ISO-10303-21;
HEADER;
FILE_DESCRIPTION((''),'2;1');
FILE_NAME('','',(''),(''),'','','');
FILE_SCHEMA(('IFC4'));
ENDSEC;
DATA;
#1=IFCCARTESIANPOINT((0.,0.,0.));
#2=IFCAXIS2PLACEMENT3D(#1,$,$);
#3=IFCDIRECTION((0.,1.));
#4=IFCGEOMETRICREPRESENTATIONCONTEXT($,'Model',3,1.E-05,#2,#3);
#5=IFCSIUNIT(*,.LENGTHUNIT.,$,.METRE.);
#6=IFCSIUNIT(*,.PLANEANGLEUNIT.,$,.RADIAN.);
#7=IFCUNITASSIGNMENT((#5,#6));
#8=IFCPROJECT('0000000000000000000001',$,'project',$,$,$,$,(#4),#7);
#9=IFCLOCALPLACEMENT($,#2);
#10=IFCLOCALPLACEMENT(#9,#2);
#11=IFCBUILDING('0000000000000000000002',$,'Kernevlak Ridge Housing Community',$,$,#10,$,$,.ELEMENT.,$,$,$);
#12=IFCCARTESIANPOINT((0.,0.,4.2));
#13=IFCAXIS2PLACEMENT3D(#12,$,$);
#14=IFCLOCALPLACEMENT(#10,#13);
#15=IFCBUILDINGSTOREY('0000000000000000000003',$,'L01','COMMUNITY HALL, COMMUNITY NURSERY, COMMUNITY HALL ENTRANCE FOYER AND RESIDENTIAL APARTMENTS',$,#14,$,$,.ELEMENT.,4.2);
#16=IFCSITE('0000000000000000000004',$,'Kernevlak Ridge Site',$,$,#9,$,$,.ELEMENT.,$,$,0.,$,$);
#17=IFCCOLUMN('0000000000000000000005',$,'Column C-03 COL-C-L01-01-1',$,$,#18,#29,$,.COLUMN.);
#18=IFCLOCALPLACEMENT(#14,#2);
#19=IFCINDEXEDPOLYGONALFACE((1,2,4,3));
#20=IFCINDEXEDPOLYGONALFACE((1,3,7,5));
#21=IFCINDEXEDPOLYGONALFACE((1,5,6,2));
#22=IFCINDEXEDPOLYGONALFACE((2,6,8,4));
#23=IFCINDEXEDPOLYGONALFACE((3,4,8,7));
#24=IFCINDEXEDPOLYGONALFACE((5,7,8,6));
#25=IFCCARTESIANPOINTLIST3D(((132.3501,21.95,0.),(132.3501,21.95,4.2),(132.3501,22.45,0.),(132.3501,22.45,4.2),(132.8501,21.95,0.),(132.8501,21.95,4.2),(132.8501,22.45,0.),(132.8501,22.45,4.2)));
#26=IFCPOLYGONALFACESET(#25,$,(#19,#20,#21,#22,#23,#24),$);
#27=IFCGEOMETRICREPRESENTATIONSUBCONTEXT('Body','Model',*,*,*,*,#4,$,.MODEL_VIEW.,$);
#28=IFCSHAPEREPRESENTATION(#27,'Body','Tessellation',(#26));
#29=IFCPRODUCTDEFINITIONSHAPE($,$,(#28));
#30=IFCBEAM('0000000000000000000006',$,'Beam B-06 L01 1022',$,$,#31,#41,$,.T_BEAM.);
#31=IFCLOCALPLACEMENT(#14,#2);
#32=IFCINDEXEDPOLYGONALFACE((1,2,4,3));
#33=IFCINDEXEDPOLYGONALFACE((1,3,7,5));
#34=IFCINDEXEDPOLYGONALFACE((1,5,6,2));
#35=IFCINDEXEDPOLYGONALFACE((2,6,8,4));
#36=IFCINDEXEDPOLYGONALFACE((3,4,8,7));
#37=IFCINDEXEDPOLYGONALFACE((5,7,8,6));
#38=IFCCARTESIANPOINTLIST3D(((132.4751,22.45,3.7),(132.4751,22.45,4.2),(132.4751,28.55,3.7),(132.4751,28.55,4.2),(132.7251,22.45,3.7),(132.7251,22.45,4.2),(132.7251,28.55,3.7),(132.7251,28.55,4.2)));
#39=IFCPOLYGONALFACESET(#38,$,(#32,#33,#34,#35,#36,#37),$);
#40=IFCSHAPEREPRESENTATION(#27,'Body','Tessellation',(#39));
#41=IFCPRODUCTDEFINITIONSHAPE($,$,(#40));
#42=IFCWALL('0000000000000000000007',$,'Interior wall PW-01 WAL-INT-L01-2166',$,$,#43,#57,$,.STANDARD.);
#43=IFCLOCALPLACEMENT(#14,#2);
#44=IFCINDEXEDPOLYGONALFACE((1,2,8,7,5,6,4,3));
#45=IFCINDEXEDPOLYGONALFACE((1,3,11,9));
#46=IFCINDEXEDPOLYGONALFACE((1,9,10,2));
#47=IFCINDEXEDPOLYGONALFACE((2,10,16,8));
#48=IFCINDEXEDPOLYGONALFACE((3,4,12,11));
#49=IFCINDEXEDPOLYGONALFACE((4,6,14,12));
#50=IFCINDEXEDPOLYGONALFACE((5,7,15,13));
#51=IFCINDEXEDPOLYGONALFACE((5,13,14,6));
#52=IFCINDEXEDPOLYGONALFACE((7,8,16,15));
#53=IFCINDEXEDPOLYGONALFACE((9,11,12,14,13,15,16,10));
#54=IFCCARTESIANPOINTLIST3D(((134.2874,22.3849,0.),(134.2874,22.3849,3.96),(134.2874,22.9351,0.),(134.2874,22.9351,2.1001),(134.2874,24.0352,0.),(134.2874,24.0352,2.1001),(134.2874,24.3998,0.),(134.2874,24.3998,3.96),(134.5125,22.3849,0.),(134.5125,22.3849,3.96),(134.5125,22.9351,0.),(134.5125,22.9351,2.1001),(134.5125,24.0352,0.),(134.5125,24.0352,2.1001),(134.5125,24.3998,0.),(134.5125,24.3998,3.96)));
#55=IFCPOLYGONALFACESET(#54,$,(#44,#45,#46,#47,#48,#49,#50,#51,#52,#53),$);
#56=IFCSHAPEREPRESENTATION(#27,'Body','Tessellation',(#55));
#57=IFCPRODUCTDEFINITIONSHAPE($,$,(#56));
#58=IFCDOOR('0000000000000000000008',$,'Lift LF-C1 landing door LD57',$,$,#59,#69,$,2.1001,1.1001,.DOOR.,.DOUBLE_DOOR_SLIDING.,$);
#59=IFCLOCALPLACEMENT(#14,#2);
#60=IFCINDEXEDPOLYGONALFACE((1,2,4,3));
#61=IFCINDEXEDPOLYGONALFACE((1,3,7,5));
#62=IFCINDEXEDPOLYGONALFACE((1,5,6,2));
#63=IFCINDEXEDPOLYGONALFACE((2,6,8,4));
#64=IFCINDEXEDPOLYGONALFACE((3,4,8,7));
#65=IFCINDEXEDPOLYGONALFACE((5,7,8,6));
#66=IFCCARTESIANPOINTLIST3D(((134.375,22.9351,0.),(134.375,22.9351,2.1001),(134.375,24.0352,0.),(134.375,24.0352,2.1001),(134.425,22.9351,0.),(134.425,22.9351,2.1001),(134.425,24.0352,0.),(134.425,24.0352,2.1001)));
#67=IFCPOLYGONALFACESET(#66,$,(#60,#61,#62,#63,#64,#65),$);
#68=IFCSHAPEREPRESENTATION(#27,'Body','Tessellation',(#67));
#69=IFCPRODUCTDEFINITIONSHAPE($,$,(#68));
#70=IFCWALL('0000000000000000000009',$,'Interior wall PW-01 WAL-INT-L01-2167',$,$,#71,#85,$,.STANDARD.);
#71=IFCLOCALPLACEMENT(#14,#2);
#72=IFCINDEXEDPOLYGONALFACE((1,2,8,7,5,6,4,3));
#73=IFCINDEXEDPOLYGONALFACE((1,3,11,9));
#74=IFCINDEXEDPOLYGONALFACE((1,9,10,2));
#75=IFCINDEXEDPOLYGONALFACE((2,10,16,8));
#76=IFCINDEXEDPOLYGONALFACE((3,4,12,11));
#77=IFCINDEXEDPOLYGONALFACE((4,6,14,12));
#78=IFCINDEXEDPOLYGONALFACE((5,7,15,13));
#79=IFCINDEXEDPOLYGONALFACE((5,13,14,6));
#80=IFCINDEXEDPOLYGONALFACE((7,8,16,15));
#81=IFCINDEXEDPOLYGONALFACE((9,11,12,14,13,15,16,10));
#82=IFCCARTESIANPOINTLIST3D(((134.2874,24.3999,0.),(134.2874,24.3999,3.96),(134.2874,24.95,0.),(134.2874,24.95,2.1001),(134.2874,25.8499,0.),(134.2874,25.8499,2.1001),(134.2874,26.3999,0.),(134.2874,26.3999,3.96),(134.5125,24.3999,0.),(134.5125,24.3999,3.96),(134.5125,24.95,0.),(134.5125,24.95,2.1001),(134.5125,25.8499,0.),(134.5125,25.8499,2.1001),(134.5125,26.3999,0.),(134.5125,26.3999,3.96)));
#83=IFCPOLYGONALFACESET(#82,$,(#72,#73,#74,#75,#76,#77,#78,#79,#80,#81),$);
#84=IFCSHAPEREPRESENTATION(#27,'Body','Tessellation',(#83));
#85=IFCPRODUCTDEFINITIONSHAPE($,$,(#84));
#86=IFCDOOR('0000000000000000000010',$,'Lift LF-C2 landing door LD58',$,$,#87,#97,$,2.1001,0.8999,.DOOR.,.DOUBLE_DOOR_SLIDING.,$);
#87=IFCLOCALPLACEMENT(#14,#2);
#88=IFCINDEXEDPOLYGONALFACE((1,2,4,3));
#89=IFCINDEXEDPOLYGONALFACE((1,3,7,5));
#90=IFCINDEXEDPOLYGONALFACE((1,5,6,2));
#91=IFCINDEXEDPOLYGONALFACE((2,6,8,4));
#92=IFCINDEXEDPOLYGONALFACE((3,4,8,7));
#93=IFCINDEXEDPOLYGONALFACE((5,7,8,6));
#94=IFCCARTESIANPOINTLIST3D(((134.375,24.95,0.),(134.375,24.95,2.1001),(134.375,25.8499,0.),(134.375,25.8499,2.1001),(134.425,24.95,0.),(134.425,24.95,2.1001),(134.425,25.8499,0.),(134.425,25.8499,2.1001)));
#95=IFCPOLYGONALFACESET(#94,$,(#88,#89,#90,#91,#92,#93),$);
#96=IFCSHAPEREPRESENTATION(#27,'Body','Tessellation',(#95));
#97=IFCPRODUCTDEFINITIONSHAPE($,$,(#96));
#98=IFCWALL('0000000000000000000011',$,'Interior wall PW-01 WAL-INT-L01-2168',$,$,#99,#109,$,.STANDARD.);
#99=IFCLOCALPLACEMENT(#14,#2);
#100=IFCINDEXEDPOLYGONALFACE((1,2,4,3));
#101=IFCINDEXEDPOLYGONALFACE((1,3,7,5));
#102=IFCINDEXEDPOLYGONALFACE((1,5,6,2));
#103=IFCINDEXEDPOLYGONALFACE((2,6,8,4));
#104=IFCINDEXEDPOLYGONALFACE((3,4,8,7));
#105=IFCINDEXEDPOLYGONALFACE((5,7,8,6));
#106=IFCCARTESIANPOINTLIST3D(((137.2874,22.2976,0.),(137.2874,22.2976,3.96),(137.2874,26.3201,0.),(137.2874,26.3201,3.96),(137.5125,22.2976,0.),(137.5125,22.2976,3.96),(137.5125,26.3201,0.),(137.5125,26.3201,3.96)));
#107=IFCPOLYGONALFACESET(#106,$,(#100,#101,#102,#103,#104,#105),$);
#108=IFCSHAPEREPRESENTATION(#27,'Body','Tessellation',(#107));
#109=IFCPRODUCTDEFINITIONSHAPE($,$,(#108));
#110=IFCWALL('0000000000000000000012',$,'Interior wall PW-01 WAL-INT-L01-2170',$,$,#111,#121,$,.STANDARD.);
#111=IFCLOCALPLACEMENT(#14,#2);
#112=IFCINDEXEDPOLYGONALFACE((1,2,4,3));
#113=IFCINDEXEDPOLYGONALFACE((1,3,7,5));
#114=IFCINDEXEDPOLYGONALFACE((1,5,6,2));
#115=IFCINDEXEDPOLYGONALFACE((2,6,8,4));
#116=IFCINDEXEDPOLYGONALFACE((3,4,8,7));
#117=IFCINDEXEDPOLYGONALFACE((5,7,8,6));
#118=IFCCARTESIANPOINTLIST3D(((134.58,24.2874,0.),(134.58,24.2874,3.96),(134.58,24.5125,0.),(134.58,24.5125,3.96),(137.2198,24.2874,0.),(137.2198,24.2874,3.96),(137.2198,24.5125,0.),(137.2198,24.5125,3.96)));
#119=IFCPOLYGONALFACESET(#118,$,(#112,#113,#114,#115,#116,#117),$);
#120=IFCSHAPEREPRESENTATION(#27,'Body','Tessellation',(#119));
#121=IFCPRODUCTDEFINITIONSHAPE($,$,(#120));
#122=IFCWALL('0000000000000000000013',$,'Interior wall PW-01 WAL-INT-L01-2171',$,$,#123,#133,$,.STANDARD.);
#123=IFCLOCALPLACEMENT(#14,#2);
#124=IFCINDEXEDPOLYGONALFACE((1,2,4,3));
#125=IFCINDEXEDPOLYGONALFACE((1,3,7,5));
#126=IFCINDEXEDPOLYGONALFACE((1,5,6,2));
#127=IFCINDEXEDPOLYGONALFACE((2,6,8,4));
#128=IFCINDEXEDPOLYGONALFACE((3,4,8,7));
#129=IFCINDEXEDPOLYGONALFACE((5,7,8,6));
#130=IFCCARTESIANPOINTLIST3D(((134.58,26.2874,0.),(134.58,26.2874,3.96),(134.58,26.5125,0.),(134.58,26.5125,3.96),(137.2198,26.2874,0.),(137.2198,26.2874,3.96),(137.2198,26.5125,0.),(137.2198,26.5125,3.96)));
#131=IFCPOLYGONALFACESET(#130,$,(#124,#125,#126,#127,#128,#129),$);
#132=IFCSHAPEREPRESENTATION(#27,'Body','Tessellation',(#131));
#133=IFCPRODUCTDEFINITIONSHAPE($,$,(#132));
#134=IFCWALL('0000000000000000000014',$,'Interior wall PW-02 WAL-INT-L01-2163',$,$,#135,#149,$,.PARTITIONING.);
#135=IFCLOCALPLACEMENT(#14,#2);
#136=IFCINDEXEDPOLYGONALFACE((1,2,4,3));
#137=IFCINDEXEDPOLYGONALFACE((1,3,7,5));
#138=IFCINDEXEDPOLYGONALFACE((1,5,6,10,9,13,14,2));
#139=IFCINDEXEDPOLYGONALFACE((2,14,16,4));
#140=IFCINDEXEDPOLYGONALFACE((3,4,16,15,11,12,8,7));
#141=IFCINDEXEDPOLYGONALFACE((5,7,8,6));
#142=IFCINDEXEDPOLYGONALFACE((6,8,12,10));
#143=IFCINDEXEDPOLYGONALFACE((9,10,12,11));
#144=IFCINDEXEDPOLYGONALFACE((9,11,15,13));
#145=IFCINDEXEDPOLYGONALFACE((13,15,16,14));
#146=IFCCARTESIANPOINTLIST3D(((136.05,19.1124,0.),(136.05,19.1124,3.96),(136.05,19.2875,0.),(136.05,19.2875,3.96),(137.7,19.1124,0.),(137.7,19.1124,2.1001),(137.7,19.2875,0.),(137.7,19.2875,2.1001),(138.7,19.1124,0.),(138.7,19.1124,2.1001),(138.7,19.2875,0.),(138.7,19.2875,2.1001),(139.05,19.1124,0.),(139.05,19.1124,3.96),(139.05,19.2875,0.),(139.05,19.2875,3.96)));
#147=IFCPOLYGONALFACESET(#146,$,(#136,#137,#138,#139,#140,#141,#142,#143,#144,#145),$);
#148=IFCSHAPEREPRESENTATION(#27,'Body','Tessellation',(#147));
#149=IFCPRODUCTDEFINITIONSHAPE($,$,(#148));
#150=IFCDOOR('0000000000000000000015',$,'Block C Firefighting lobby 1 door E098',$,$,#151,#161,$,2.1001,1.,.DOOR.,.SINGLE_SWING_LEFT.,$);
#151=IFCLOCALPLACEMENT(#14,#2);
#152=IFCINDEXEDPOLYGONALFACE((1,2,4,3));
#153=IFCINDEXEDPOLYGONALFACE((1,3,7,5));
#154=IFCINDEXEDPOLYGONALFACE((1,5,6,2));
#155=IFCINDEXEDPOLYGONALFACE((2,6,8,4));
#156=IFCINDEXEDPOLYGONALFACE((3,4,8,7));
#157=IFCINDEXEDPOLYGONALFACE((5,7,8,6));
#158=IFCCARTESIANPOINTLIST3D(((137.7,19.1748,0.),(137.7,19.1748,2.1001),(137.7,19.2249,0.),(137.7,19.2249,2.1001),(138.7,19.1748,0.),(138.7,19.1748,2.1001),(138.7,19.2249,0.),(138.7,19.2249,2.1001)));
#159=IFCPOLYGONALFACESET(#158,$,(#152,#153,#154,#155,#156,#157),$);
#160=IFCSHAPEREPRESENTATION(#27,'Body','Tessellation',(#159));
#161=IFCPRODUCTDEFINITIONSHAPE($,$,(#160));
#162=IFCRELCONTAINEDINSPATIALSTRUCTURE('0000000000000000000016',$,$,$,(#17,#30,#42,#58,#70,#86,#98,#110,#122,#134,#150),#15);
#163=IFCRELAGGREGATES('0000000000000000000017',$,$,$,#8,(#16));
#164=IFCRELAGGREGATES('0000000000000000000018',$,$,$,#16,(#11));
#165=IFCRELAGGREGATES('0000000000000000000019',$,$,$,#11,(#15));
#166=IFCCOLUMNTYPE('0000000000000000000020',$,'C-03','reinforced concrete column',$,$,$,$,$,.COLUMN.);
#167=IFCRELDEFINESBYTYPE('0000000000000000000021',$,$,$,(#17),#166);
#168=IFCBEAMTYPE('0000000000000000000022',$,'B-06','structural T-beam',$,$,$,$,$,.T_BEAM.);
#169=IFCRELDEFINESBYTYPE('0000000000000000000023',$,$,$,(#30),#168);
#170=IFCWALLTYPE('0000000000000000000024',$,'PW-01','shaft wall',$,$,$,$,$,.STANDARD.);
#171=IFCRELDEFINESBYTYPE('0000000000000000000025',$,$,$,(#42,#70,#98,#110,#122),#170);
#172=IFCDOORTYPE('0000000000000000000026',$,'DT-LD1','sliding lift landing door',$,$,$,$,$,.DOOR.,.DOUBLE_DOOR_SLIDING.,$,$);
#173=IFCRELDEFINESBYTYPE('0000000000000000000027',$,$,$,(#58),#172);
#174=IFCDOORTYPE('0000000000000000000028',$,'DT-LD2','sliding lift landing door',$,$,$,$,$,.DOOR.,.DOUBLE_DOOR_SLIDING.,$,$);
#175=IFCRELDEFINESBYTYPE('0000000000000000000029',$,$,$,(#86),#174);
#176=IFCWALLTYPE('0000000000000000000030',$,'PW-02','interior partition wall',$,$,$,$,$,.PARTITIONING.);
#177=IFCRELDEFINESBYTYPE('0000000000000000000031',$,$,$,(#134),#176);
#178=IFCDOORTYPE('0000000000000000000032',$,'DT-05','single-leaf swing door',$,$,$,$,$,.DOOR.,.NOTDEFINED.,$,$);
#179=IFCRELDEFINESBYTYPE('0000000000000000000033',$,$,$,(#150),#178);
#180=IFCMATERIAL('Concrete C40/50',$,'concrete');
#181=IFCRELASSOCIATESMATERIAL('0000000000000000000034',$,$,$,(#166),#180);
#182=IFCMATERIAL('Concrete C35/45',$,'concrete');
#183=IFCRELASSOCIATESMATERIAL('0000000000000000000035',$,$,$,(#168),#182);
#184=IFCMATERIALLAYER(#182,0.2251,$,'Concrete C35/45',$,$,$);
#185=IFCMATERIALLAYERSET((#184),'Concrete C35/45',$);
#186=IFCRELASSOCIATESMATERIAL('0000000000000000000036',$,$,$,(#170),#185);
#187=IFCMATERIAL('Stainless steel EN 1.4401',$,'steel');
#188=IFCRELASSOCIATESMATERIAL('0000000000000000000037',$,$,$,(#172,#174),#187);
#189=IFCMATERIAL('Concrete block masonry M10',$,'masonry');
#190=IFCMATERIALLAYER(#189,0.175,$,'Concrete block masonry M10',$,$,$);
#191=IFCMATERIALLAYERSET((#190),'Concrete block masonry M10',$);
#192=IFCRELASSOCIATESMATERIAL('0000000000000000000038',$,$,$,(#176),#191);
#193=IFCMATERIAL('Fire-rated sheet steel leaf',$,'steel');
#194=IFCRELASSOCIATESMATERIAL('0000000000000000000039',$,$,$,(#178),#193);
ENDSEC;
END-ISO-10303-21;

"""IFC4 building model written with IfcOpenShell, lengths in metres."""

from ifc_helpers import new_model, si_unit, direction, frame, frame_2d, origin, origin_2d, place, context, subcontext, project, spatial, rectangle, extrude, material, layer, layer_set, material_profile, profile_set, type_object, element, fill, save


model = new_model("IFC4")

# Units and contexts
model_context = context("Model", 3, precision=1e-05, world=origin(), true_north=direction((0.0, 1.0)))
body_context = subcontext(model_context, "Body", "Model", "MODEL_VIEW")
ifc_project = project(units=[si_unit("LENGTHUNIT", "METRE"), si_unit("PLANEANGLEUNIT", "RADIAN")], contexts=[model_context])

# Site, building, storey
site_placement = place(None, origin())
site = spatial("IfcSite", under=ifc_project, at=site_placement, Name="Kernevlak Ridge Site", CompositionType="ELEMENT", RefElevation=0.0)
building_placement = place(site_placement, origin())
building = spatial("IfcBuilding", under=site, at=building_placement, Name="Kernevlak Ridge Housing Community", CompositionType="ELEMENT")
storey_placement = place(building_placement, frame((0.0, 0.0, 4.2)))
storey = spatial("IfcBuildingStorey", under=building, at=storey_placement, Name="L01", Description="COMMUNITY HALL, COMMUNITY NURSERY, COMMUNITY HALL ENTRANCE FOYER AND RESIDENTIAL APARTMENTS", CompositionType="ELEMENT", Elevation=4.2)

# Column
ifc_material_1 = material(Name="Concrete C40/50", Category="concrete")
ifc_material_profile_1 = material_profile(ifc_material_1, rectangle(XDim=0.5, YDim=0.5, at=origin_2d()), Name="RC 500x500")
ifc_profile_set_1 = profile_set([ifc_material_profile_1], Name="Concrete C40/50")
column_type = type_object("IfcColumnType", Name="C-03", Description="reinforced concrete column", PredefinedType="COLUMN", material=ifc_profile_set_1)
column_placement = place(storey_placement, frame((132.6001, 22.2, 0.0), z_axis=(0.0, 0.0, 1.0), x_axis=(1.0, 0.0, 0.0)))
element("IfcColumn", 1, at=column_placement, inside=storey, type_object=column_type, Name="Column C-03 COL-C-L01-01-1", PredefinedType="COLUMN", context=body_context, shape_type="SweptSolid", body=[
    extrude(rectangle(XDim=0.5, YDim=0.5, at=origin_2d()), origin(), (0.0, 0.0, 1.0), 4.2),
])

# Beam
ifc_material_2 = material(Name="Concrete C35/45", Category="concrete")
ifc_material_profile_2 = material_profile(ifc_material_2, rectangle(XDim=0.25, YDim=0.5, at=origin_2d()), Name="RC 250x500")
ifc_profile_set_2 = profile_set([ifc_material_profile_2], Name="Concrete C35/45")
beam_type = type_object("IfcBeamType", Name="B-06", Description="structural T-beam", PredefinedType="T_BEAM", material=ifc_profile_set_2)
beam_placement = place(storey_placement, frame((132.6001, 22.45, 3.95), z_axis=(0.0, 1.0, 0.0), x_axis=(-1.0, 0.0, 0.0)))
element("IfcBeam", 2, at=beam_placement, inside=storey, type_object=beam_type, Name="Beam B-06 L01 1022", PredefinedType="T_BEAM", context=body_context, shape_type="SweptSolid", body=[
    extrude(rectangle(XDim=0.25, YDim=0.5, at=origin_2d()), origin(), (0.0, 0.0, 1.0), 6.1001),
])

# Walls, openings, doors
ifc_layer_1 = layer(ifc_material_2, 0.2251, Name="Concrete C35/45")
ifc_layer_set_1 = layer_set([ifc_layer_1], Name="Concrete C35/45")
wall_type_1 = type_object("IfcWallType", Name="PW-01", Description="shaft wall", PredefinedType="STANDARD", material=ifc_layer_set_1)
wall_1_placement = place(storey_placement, frame((134.3999, 22.385, 0.0), z_axis=(0.0, 0.0, 1.0), x_axis=(0.0, 1.0, 0.0)))
wall_1 = element("IfcWall", 3, at=wall_1_placement, inside=storey, type_object=wall_type_1, Name="Interior wall PW-01 WAL-INT-L01-2166", PredefinedType="STANDARD", context=body_context, shape_type="SweptSolid", body=[
    extrude(rectangle(XDim=2.0149, YDim=0.2251, at=frame_2d((1.0073, 0.0))), origin(), (0.0, 0.0, 1.0), 3.96),
])
opening_1_placement = place(wall_1_placement, frame((0.55, 0.0, 0.0)))
opening_1 = element("IfcOpeningElement", 4, at=opening_1_placement, cuts=wall_1, PredefinedType="OPENING", context=body_context, shape_type="SweptSolid", body=[
    extrude(rectangle(XDim=1.1001, YDim=2.1001, at=frame_2d((0.55, 1.05))), frame((0.0, 0.1226, 0.0), z_axis=(0.0, -1.0, 0.0), x_axis=(1.0, 0.0, 0.0)), (0.0, 0.0, 1.0), 0.2451),
])
ifc_material_3 = material(Name="Stainless steel EN 1.4401", Category="steel")
door_type_1 = type_object("IfcDoorType", Name="DT-LD1", Description="sliding lift landing door", OperationType="DOUBLE_DOOR_SLIDING", PredefinedType="DOOR", material=ifc_material_3)
door_1_placement = place(opening_1_placement, origin())
door_1 = element("IfcDoor", 5, at=door_1_placement, inside=storey, type_object=door_type_1, Name="Lift LF-C1 landing door LD57", OperationType="DOUBLE_DOOR_SLIDING", OverallHeight=2.1001, OverallWidth=1.1001, PredefinedType="DOOR", context=body_context, shape_type="SweptSolid", body=[
    extrude(rectangle(XDim=1.1001, YDim=2.1001, at=frame_2d((0.55, 1.05))), frame((0.0, 0.0249, 0.0), z_axis=(0.0, -1.0, 0.0), x_axis=(1.0, 0.0, 0.0)), (0.0, 0.0, 1.0), 0.05),
])
fill(opening_1, door_1)
wall_2_placement = place(storey_placement, frame((134.3999, 24.3999, 0.0), z_axis=(0.0, 0.0, 1.0), x_axis=(0.0, 1.0, 0.0)))
wall_2 = element("IfcWall", 6, at=wall_2_placement, inside=storey, type_object=wall_type_1, Name="Interior wall PW-01 WAL-INT-L01-2167", PredefinedType="STANDARD", context=body_context, shape_type="SweptSolid", body=[
    extrude(rectangle(XDim=2.0, YDim=0.2251, at=frame_2d((1.0, 0.0))), origin(), (0.0, 0.0, 1.0), 3.96),
])
opening_2_placement = place(wall_2_placement, frame((0.55, 0.0, 0.0)))
opening_2 = element("IfcOpeningElement", 7, at=opening_2_placement, cuts=wall_2, PredefinedType="OPENING", context=body_context, shape_type="SweptSolid", body=[
    extrude(rectangle(XDim=0.8999, YDim=2.1001, at=frame_2d((0.45, 1.05))), frame((0.0, 0.1226, 0.0), z_axis=(0.0, -1.0, 0.0), x_axis=(1.0, 0.0, 0.0)), (0.0, 0.0, 1.0), 0.2451),
])
door_type_2 = type_object("IfcDoorType", Name="DT-LD2", Description="sliding lift landing door", OperationType="DOUBLE_DOOR_SLIDING", PredefinedType="DOOR", material=ifc_material_3)
door_2_placement = place(opening_2_placement, origin())
door_2 = element("IfcDoor", 8, at=door_2_placement, inside=storey, type_object=door_type_2, Name="Lift LF-C2 landing door LD58", OperationType="DOUBLE_DOOR_SLIDING", OverallHeight=2.1001, OverallWidth=0.8999, PredefinedType="DOOR", context=body_context, shape_type="SweptSolid", body=[
    extrude(rectangle(XDim=0.8999, YDim=2.1001, at=frame_2d((0.45, 1.05))), frame((0.0, 0.0249, 0.0), z_axis=(0.0, -1.0, 0.0), x_axis=(1.0, 0.0, 0.0)), (0.0, 0.0, 1.0), 0.05),
])
fill(opening_2, door_2)

# Walls
wall_3_placement = place(storey_placement, frame((137.3999, 22.2976, 0.0), z_axis=(0.0, 0.0, 1.0), x_axis=(0.0, 1.0, 0.0)))
element("IfcWall", 9, at=wall_3_placement, inside=storey, type_object=wall_type_1, Name="Interior wall PW-01 WAL-INT-L01-2168", PredefinedType="STANDARD", context=body_context, shape_type="SweptSolid", body=[
    extrude(rectangle(XDim=4.0225, YDim=0.2251, at=frame_2d((2.0112, 0.0))), origin(), (0.0, 0.0, 1.0), 3.96),
])
for number, where, z_axis, x_axis, name in (
    (10, (134.5801, 24.3999, 0.0), (0.0, 0.0, 1.0), (1.0, 0.0, 0.0), "Interior wall PW-01 WAL-INT-L01-2170"),
    (11, (134.5801, 26.3999, 0.0), (0.0, 0.0, 1.0), (1.0, 0.0, 0.0), "Interior wall PW-01 WAL-INT-L01-2171"),
):
    element("IfcWall", number, at=place(storey_placement, frame(where, z_axis=z_axis, x_axis=x_axis)), inside=storey, type_object=wall_type_1, Name=name, PredefinedType="STANDARD", context=body_context, shape_type="SweptSolid", body=[
        extrude(rectangle(XDim=2.6399, YDim=0.2251, at=frame_2d((1.3198, 0.0))), origin(), (0.0, 0.0, 1.0), 3.96),
    ])

# Wall, opening, door
ifc_material_4 = material(Name="Concrete block masonry M10", Category="masonry")
ifc_layer_2 = layer(ifc_material_4, 0.175, Name="Concrete block masonry M10")
ifc_layer_set_2 = layer_set([ifc_layer_2], Name="Concrete block masonry M10")
wall_type_2 = type_object("IfcWallType", Name="PW-02", Description="interior partition wall", PredefinedType="PARTITIONING", material=ifc_layer_set_2)
wall_4_placement = place(storey_placement, frame((136.05, 19.2, 0.0), z_axis=(0.0, 0.0, 1.0), x_axis=(1.0, 0.0, 0.0)))
wall_4 = element("IfcWall", 12, at=wall_4_placement, inside=storey, type_object=wall_type_2, Name="Interior wall PW-02 WAL-INT-L01-2163", PredefinedType="PARTITIONING", context=body_context, shape_type="SweptSolid", body=[
    extrude(rectangle(XDim=3.0, YDim=0.175, at=frame_2d((1.5, 0.0))), origin(), (0.0, 0.0, 1.0), 3.96),
])
opening_3_placement = place(wall_4_placement, frame((1.6499, 0.0, 0.0)))
opening_3 = element("IfcOpeningElement", 13, at=opening_3_placement, cuts=wall_4, PredefinedType="OPENING", context=body_context, shape_type="SweptSolid", body=[
    extrude(rectangle(XDim=1.0, YDim=2.1001, at=frame_2d((0.5, 1.05))), frame((0.0, 0.0974, 0.0), z_axis=(0.0, -1.0, 0.0), x_axis=(1.0, 0.0, 0.0)), (0.0, 0.0, 1.0), 0.1951),
])
ifc_material_5 = material(Name="Fire-rated sheet steel leaf", Category="steel")
door_type_3 = type_object("IfcDoorType", Name="DT-05", Description="single-leaf swing door", OperationType="NOTDEFINED", PredefinedType="DOOR", material=ifc_material_5)
door_3_placement = place(opening_3_placement, origin())
door_3 = element("IfcDoor", 14, at=door_3_placement, inside=storey, type_object=door_type_3, Name="Block C Firefighting lobby 1 door E098", OperationType="SINGLE_SWING_LEFT", OverallHeight=2.1001, OverallWidth=1.0, PredefinedType="DOOR", context=body_context, shape_type="SweptSolid", body=[
    extrude(rectangle(XDim=1.0, YDim=2.1001, at=frame_2d((0.5, 1.05))), frame((0.0, 0.0249, 0.0), z_axis=(0.0, -1.0, 0.0), x_axis=(1.0, 0.0, 0.0)), (0.0, 0.0, 1.0), 0.05),
])
fill(opening_3, door_3)

save(model, "model.ifc")
